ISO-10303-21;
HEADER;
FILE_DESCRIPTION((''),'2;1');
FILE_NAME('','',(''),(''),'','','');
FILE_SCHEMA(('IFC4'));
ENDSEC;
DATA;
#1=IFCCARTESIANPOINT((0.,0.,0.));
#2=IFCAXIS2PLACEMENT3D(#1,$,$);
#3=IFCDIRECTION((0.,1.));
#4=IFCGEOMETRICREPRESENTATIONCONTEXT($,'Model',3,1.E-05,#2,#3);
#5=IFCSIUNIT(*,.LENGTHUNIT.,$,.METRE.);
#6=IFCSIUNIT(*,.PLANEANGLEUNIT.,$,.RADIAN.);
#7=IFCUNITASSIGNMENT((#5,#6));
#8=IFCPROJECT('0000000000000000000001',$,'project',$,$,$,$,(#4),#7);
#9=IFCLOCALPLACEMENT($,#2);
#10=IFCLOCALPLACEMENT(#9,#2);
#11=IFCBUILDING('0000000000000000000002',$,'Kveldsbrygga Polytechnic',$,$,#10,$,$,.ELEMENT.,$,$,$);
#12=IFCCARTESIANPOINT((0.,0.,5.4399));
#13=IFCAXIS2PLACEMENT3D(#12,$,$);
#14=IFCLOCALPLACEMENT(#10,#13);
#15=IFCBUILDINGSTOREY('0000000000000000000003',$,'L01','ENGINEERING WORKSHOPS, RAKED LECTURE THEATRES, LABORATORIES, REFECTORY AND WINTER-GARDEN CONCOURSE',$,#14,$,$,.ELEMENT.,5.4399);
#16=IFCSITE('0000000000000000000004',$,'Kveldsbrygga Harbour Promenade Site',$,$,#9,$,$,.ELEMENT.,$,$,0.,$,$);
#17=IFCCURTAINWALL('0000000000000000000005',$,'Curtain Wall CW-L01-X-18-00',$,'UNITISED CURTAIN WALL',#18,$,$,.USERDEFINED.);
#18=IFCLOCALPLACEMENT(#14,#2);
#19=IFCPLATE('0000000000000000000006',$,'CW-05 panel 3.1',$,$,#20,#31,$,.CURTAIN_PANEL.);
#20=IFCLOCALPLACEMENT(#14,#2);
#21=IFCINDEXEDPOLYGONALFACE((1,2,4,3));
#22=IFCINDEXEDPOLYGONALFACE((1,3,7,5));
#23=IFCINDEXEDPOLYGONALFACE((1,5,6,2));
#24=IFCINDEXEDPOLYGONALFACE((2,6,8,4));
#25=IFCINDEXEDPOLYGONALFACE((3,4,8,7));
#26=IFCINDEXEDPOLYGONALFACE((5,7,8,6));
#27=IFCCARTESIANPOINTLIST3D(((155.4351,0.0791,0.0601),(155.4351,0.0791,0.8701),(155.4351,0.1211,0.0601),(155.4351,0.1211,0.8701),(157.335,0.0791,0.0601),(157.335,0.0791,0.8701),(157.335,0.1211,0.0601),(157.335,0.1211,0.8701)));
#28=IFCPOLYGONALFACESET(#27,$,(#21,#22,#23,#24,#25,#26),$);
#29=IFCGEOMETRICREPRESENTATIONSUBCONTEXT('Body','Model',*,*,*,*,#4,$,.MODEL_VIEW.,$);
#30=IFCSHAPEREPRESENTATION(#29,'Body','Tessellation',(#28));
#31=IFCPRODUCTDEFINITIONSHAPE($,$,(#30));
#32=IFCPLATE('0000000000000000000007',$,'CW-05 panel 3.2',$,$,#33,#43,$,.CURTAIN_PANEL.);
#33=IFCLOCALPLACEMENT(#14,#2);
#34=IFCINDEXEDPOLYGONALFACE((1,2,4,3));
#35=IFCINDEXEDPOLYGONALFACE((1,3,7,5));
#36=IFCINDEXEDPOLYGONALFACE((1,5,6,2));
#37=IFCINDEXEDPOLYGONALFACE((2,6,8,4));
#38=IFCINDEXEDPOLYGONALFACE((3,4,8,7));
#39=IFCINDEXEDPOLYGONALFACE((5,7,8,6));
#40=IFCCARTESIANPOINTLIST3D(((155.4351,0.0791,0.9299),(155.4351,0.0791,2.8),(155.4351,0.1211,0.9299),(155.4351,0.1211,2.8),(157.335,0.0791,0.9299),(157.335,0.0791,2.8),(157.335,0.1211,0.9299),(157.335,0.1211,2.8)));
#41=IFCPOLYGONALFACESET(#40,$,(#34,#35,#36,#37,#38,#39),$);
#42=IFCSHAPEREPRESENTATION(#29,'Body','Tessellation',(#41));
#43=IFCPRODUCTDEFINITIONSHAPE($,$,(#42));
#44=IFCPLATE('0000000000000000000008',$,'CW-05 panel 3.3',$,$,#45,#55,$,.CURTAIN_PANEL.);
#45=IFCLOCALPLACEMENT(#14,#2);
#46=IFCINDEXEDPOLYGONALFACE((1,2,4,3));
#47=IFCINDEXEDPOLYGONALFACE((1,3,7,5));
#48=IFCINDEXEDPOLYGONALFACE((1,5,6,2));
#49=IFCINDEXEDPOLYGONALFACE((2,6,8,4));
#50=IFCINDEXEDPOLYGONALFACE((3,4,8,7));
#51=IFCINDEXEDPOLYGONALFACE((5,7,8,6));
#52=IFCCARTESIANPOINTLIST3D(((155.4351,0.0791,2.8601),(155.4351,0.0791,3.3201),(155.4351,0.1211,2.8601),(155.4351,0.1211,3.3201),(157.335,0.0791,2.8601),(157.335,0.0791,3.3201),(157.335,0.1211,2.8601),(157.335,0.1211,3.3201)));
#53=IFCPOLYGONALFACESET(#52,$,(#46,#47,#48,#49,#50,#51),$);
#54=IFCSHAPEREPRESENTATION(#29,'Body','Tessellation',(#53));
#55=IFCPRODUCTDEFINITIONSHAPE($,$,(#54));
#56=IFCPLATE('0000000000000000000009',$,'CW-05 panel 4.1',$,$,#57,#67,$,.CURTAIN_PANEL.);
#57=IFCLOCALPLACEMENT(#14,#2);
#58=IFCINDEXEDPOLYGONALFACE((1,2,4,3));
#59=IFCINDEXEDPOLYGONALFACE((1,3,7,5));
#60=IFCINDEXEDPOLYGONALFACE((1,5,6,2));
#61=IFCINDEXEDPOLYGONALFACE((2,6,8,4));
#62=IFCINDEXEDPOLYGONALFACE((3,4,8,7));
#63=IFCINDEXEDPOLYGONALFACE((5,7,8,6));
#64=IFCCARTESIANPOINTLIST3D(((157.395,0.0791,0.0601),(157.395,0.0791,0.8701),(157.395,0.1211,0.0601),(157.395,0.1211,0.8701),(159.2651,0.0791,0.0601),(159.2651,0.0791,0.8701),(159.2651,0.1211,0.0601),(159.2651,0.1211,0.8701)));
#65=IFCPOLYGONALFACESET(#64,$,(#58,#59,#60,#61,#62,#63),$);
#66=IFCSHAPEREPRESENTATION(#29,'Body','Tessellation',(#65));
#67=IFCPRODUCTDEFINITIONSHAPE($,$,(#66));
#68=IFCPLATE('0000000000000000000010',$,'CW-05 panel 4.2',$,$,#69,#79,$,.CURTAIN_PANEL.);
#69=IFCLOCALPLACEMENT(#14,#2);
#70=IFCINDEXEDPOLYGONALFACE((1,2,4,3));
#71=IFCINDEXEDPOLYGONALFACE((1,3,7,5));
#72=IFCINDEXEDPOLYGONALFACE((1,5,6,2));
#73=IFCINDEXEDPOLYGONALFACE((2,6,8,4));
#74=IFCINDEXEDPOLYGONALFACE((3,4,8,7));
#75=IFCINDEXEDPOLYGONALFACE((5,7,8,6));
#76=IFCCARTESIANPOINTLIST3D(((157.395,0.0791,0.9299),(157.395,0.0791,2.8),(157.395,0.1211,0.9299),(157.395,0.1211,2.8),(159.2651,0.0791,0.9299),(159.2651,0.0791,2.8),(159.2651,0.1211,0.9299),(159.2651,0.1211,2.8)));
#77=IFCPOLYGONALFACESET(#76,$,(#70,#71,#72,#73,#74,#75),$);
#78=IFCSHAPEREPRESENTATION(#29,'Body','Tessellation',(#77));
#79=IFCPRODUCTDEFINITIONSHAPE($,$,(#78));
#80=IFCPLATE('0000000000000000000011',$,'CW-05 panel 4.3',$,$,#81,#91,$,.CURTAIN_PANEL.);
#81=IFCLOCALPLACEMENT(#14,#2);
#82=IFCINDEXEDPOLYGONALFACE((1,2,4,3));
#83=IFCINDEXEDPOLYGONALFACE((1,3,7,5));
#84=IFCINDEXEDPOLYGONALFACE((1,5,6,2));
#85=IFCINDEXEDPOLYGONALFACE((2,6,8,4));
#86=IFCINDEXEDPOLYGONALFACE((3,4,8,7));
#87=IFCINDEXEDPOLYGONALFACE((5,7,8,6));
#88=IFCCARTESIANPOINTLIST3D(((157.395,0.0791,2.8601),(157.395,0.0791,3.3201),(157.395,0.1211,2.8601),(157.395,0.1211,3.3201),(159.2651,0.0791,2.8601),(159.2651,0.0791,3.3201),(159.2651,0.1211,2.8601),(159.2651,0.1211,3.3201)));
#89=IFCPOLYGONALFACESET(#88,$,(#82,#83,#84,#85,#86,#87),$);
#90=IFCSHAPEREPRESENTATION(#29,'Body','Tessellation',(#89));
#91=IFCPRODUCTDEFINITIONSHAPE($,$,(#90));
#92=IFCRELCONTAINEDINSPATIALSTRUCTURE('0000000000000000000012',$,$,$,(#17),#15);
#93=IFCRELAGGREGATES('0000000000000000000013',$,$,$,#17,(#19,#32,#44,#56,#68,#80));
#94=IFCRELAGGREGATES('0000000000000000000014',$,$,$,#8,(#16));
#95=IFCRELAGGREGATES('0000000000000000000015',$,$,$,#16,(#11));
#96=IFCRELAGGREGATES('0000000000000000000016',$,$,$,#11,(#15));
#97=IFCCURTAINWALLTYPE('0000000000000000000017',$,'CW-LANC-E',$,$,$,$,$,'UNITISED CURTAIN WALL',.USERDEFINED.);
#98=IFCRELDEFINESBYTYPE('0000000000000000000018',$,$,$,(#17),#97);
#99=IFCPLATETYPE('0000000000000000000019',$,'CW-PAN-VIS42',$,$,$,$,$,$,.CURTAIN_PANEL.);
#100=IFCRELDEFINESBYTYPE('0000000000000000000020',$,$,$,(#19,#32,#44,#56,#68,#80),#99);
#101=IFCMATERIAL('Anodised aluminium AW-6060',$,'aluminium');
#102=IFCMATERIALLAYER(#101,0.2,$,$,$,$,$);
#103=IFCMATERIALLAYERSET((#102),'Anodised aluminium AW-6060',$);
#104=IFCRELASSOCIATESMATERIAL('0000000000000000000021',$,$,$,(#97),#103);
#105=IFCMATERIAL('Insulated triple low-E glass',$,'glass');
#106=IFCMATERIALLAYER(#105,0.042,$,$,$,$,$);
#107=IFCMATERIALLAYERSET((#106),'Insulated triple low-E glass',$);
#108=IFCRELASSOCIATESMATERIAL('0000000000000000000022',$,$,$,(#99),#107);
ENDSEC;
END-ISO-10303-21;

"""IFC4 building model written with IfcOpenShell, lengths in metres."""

from ifc_helpers import new_model, si_unit, direction, frame, origin, origin_2d, place, context, subcontext, project, spatial, rectangle, extrude, material, layer, layer_set, type_object, element, aggregate, save


model = new_model("IFC4")

# Units and contexts
model_context = context("Model", 3, precision=1e-05, world=origin(), true_north=direction((0.0, 1.0)))
body_context = subcontext(model_context, "Body", "Model", "MODEL_VIEW")
ifc_project = project(units=[si_unit("LENGTHUNIT", "METRE"), si_unit("PLANEANGLEUNIT", "RADIAN")], contexts=[model_context])

# Site, building, storey
site_placement = place(None, origin())
site = spatial("IfcSite", under=ifc_project, at=site_placement, Name="Kveldsbrygga Harbour Promenade Site", CompositionType="ELEMENT", RefElevation=0.0)
building_placement = place(site_placement, origin())
building = spatial("IfcBuilding", under=site, at=building_placement, Name="Kveldsbrygga Polytechnic", CompositionType="ELEMENT")
storey_placement = place(building_placement, frame((0.0, 0.0, 5.4399)))
storey = spatial("IfcBuildingStorey", under=building, at=storey_placement, Name="L01", Description="ENGINEERING WORKSHOPS, RAKED LECTURE THEATRES, LABORATORIES, REFECTORY AND WINTER-GARDEN CONCOURSE", CompositionType="ELEMENT", Elevation=5.4399)

# Curtain wall, plates
ifc_material_1 = material(Name="Anodised aluminium AW-6060", Category="aluminium")
ifc_layer_1 = layer(ifc_material_1, 0.2)
ifc_layer_set_1 = layer_set([ifc_layer_1], Name="Anodised aluminium AW-6060")
curtain_wall_type = type_object("IfcCurtainWallType", Name="CW-LANC-E", ElementType="UNITISED CURTAIN WALL", PredefinedType="USERDEFINED", material=ifc_layer_set_1)
curtain_wall_placement = place(storey_placement, origin())
curtain_wall = element("IfcCurtainWall", 1, at=curtain_wall_placement, inside=storey, type_object=curtain_wall_type, Name="Curtain Wall CW-L01-X-18-00", ObjectType="UNITISED CURTAIN WALL", PredefinedType="USERDEFINED")
ifc_material_2 = material(Name="Insulated triple low-E glass", Category="glass")
ifc_layer_2 = layer(ifc_material_2, 0.042)
ifc_layer_set_2 = layer_set([ifc_layer_2], Name="Insulated triple low-E glass")
plate_type = type_object("IfcPlateType", Name="CW-PAN-VIS42", PredefinedType="CURTAIN_PANEL", material=ifc_layer_set_2)
plate_1_placement = place(storey_placement, frame((156.385, 0.1001, 0.0601), z_axis=(0.0, 0.0, 1.0), x_axis=(1.0, 0.0, 0.0)))
plate_1 = element("IfcPlate", 2, at=plate_1_placement, type_object=plate_type, Name="CW-05 panel 3.1", PredefinedType="CURTAIN_PANEL", context=body_context, shape_type="SweptSolid", body=[
    extrude(rectangle(XDim=1.8999, YDim=0.042, at=origin_2d()), origin(), (0.0, 0.0, 1.0), 0.8101),
])
plate_2_placement = place(storey_placement, frame((156.385, 0.1001, 0.9299), z_axis=(0.0, 0.0, 1.0), x_axis=(1.0, 0.0, 0.0)))
plate_2 = element("IfcPlate", 3, at=plate_2_placement, type_object=plate_type, Name="CW-05 panel 3.2", PredefinedType="CURTAIN_PANEL", context=body_context, shape_type="SweptSolid", body=[
    extrude(rectangle(XDim=1.8999, YDim=0.042, at=origin_2d()), origin(), (0.0, 0.0, 1.0), 1.8701),
])
plate_3_placement = place(storey_placement, frame((156.385, 0.1001, 2.8601), z_axis=(0.0, 0.0, 1.0), x_axis=(1.0, 0.0, 0.0)))
plate_3 = element("IfcPlate", 4, at=plate_3_placement, type_object=plate_type, Name="CW-05 panel 3.3", PredefinedType="CURTAIN_PANEL", context=body_context, shape_type="SweptSolid", body=[
    extrude(rectangle(XDim=1.8999, YDim=0.042, at=origin_2d()), origin(), (0.0, 0.0, 1.0), 0.46),
])
plate_4_placement = place(storey_placement, frame((158.3301, 0.1001, 0.0601), z_axis=(0.0, 0.0, 1.0), x_axis=(1.0, 0.0, 0.0)))
plate_4 = element("IfcPlate", 5, at=plate_4_placement, type_object=plate_type, Name="CW-05 panel 4.1", PredefinedType="CURTAIN_PANEL", context=body_context, shape_type="SweptSolid", body=[
    extrude(rectangle(XDim=1.8701, YDim=0.042, at=origin_2d()), origin(), (0.0, 0.0, 1.0), 0.8101),
])
plate_5_placement = place(storey_placement, frame((158.3301, 0.1001, 0.9299), z_axis=(0.0, 0.0, 1.0), x_axis=(1.0, 0.0, 0.0)))
plate_5 = element("IfcPlate", 6, at=plate_5_placement, type_object=plate_type, Name="CW-05 panel 4.2", PredefinedType="CURTAIN_PANEL", context=body_context, shape_type="SweptSolid", body=[
    extrude(rectangle(XDim=1.8701, YDim=0.042, at=origin_2d()), origin(), (0.0, 0.0, 1.0), 1.8701),
])
plate_6_placement = place(storey_placement, frame((158.3301, 0.1001, 2.8601), z_axis=(0.0, 0.0, 1.0), x_axis=(1.0, 0.0, 0.0)))
plate_6 = element("IfcPlate", 7, at=plate_6_placement, type_object=plate_type, Name="CW-05 panel 4.3", PredefinedType="CURTAIN_PANEL", context=body_context, shape_type="SweptSolid", body=[
    extrude(rectangle(XDim=1.8701, YDim=0.042, at=origin_2d()), origin(), (0.0, 0.0, 1.0), 0.46),
])
aggregate(curtain_wall, [plate_1, plate_2, plate_3, plate_4, plate_5, plate_6])

save(model, "model.ifc")
